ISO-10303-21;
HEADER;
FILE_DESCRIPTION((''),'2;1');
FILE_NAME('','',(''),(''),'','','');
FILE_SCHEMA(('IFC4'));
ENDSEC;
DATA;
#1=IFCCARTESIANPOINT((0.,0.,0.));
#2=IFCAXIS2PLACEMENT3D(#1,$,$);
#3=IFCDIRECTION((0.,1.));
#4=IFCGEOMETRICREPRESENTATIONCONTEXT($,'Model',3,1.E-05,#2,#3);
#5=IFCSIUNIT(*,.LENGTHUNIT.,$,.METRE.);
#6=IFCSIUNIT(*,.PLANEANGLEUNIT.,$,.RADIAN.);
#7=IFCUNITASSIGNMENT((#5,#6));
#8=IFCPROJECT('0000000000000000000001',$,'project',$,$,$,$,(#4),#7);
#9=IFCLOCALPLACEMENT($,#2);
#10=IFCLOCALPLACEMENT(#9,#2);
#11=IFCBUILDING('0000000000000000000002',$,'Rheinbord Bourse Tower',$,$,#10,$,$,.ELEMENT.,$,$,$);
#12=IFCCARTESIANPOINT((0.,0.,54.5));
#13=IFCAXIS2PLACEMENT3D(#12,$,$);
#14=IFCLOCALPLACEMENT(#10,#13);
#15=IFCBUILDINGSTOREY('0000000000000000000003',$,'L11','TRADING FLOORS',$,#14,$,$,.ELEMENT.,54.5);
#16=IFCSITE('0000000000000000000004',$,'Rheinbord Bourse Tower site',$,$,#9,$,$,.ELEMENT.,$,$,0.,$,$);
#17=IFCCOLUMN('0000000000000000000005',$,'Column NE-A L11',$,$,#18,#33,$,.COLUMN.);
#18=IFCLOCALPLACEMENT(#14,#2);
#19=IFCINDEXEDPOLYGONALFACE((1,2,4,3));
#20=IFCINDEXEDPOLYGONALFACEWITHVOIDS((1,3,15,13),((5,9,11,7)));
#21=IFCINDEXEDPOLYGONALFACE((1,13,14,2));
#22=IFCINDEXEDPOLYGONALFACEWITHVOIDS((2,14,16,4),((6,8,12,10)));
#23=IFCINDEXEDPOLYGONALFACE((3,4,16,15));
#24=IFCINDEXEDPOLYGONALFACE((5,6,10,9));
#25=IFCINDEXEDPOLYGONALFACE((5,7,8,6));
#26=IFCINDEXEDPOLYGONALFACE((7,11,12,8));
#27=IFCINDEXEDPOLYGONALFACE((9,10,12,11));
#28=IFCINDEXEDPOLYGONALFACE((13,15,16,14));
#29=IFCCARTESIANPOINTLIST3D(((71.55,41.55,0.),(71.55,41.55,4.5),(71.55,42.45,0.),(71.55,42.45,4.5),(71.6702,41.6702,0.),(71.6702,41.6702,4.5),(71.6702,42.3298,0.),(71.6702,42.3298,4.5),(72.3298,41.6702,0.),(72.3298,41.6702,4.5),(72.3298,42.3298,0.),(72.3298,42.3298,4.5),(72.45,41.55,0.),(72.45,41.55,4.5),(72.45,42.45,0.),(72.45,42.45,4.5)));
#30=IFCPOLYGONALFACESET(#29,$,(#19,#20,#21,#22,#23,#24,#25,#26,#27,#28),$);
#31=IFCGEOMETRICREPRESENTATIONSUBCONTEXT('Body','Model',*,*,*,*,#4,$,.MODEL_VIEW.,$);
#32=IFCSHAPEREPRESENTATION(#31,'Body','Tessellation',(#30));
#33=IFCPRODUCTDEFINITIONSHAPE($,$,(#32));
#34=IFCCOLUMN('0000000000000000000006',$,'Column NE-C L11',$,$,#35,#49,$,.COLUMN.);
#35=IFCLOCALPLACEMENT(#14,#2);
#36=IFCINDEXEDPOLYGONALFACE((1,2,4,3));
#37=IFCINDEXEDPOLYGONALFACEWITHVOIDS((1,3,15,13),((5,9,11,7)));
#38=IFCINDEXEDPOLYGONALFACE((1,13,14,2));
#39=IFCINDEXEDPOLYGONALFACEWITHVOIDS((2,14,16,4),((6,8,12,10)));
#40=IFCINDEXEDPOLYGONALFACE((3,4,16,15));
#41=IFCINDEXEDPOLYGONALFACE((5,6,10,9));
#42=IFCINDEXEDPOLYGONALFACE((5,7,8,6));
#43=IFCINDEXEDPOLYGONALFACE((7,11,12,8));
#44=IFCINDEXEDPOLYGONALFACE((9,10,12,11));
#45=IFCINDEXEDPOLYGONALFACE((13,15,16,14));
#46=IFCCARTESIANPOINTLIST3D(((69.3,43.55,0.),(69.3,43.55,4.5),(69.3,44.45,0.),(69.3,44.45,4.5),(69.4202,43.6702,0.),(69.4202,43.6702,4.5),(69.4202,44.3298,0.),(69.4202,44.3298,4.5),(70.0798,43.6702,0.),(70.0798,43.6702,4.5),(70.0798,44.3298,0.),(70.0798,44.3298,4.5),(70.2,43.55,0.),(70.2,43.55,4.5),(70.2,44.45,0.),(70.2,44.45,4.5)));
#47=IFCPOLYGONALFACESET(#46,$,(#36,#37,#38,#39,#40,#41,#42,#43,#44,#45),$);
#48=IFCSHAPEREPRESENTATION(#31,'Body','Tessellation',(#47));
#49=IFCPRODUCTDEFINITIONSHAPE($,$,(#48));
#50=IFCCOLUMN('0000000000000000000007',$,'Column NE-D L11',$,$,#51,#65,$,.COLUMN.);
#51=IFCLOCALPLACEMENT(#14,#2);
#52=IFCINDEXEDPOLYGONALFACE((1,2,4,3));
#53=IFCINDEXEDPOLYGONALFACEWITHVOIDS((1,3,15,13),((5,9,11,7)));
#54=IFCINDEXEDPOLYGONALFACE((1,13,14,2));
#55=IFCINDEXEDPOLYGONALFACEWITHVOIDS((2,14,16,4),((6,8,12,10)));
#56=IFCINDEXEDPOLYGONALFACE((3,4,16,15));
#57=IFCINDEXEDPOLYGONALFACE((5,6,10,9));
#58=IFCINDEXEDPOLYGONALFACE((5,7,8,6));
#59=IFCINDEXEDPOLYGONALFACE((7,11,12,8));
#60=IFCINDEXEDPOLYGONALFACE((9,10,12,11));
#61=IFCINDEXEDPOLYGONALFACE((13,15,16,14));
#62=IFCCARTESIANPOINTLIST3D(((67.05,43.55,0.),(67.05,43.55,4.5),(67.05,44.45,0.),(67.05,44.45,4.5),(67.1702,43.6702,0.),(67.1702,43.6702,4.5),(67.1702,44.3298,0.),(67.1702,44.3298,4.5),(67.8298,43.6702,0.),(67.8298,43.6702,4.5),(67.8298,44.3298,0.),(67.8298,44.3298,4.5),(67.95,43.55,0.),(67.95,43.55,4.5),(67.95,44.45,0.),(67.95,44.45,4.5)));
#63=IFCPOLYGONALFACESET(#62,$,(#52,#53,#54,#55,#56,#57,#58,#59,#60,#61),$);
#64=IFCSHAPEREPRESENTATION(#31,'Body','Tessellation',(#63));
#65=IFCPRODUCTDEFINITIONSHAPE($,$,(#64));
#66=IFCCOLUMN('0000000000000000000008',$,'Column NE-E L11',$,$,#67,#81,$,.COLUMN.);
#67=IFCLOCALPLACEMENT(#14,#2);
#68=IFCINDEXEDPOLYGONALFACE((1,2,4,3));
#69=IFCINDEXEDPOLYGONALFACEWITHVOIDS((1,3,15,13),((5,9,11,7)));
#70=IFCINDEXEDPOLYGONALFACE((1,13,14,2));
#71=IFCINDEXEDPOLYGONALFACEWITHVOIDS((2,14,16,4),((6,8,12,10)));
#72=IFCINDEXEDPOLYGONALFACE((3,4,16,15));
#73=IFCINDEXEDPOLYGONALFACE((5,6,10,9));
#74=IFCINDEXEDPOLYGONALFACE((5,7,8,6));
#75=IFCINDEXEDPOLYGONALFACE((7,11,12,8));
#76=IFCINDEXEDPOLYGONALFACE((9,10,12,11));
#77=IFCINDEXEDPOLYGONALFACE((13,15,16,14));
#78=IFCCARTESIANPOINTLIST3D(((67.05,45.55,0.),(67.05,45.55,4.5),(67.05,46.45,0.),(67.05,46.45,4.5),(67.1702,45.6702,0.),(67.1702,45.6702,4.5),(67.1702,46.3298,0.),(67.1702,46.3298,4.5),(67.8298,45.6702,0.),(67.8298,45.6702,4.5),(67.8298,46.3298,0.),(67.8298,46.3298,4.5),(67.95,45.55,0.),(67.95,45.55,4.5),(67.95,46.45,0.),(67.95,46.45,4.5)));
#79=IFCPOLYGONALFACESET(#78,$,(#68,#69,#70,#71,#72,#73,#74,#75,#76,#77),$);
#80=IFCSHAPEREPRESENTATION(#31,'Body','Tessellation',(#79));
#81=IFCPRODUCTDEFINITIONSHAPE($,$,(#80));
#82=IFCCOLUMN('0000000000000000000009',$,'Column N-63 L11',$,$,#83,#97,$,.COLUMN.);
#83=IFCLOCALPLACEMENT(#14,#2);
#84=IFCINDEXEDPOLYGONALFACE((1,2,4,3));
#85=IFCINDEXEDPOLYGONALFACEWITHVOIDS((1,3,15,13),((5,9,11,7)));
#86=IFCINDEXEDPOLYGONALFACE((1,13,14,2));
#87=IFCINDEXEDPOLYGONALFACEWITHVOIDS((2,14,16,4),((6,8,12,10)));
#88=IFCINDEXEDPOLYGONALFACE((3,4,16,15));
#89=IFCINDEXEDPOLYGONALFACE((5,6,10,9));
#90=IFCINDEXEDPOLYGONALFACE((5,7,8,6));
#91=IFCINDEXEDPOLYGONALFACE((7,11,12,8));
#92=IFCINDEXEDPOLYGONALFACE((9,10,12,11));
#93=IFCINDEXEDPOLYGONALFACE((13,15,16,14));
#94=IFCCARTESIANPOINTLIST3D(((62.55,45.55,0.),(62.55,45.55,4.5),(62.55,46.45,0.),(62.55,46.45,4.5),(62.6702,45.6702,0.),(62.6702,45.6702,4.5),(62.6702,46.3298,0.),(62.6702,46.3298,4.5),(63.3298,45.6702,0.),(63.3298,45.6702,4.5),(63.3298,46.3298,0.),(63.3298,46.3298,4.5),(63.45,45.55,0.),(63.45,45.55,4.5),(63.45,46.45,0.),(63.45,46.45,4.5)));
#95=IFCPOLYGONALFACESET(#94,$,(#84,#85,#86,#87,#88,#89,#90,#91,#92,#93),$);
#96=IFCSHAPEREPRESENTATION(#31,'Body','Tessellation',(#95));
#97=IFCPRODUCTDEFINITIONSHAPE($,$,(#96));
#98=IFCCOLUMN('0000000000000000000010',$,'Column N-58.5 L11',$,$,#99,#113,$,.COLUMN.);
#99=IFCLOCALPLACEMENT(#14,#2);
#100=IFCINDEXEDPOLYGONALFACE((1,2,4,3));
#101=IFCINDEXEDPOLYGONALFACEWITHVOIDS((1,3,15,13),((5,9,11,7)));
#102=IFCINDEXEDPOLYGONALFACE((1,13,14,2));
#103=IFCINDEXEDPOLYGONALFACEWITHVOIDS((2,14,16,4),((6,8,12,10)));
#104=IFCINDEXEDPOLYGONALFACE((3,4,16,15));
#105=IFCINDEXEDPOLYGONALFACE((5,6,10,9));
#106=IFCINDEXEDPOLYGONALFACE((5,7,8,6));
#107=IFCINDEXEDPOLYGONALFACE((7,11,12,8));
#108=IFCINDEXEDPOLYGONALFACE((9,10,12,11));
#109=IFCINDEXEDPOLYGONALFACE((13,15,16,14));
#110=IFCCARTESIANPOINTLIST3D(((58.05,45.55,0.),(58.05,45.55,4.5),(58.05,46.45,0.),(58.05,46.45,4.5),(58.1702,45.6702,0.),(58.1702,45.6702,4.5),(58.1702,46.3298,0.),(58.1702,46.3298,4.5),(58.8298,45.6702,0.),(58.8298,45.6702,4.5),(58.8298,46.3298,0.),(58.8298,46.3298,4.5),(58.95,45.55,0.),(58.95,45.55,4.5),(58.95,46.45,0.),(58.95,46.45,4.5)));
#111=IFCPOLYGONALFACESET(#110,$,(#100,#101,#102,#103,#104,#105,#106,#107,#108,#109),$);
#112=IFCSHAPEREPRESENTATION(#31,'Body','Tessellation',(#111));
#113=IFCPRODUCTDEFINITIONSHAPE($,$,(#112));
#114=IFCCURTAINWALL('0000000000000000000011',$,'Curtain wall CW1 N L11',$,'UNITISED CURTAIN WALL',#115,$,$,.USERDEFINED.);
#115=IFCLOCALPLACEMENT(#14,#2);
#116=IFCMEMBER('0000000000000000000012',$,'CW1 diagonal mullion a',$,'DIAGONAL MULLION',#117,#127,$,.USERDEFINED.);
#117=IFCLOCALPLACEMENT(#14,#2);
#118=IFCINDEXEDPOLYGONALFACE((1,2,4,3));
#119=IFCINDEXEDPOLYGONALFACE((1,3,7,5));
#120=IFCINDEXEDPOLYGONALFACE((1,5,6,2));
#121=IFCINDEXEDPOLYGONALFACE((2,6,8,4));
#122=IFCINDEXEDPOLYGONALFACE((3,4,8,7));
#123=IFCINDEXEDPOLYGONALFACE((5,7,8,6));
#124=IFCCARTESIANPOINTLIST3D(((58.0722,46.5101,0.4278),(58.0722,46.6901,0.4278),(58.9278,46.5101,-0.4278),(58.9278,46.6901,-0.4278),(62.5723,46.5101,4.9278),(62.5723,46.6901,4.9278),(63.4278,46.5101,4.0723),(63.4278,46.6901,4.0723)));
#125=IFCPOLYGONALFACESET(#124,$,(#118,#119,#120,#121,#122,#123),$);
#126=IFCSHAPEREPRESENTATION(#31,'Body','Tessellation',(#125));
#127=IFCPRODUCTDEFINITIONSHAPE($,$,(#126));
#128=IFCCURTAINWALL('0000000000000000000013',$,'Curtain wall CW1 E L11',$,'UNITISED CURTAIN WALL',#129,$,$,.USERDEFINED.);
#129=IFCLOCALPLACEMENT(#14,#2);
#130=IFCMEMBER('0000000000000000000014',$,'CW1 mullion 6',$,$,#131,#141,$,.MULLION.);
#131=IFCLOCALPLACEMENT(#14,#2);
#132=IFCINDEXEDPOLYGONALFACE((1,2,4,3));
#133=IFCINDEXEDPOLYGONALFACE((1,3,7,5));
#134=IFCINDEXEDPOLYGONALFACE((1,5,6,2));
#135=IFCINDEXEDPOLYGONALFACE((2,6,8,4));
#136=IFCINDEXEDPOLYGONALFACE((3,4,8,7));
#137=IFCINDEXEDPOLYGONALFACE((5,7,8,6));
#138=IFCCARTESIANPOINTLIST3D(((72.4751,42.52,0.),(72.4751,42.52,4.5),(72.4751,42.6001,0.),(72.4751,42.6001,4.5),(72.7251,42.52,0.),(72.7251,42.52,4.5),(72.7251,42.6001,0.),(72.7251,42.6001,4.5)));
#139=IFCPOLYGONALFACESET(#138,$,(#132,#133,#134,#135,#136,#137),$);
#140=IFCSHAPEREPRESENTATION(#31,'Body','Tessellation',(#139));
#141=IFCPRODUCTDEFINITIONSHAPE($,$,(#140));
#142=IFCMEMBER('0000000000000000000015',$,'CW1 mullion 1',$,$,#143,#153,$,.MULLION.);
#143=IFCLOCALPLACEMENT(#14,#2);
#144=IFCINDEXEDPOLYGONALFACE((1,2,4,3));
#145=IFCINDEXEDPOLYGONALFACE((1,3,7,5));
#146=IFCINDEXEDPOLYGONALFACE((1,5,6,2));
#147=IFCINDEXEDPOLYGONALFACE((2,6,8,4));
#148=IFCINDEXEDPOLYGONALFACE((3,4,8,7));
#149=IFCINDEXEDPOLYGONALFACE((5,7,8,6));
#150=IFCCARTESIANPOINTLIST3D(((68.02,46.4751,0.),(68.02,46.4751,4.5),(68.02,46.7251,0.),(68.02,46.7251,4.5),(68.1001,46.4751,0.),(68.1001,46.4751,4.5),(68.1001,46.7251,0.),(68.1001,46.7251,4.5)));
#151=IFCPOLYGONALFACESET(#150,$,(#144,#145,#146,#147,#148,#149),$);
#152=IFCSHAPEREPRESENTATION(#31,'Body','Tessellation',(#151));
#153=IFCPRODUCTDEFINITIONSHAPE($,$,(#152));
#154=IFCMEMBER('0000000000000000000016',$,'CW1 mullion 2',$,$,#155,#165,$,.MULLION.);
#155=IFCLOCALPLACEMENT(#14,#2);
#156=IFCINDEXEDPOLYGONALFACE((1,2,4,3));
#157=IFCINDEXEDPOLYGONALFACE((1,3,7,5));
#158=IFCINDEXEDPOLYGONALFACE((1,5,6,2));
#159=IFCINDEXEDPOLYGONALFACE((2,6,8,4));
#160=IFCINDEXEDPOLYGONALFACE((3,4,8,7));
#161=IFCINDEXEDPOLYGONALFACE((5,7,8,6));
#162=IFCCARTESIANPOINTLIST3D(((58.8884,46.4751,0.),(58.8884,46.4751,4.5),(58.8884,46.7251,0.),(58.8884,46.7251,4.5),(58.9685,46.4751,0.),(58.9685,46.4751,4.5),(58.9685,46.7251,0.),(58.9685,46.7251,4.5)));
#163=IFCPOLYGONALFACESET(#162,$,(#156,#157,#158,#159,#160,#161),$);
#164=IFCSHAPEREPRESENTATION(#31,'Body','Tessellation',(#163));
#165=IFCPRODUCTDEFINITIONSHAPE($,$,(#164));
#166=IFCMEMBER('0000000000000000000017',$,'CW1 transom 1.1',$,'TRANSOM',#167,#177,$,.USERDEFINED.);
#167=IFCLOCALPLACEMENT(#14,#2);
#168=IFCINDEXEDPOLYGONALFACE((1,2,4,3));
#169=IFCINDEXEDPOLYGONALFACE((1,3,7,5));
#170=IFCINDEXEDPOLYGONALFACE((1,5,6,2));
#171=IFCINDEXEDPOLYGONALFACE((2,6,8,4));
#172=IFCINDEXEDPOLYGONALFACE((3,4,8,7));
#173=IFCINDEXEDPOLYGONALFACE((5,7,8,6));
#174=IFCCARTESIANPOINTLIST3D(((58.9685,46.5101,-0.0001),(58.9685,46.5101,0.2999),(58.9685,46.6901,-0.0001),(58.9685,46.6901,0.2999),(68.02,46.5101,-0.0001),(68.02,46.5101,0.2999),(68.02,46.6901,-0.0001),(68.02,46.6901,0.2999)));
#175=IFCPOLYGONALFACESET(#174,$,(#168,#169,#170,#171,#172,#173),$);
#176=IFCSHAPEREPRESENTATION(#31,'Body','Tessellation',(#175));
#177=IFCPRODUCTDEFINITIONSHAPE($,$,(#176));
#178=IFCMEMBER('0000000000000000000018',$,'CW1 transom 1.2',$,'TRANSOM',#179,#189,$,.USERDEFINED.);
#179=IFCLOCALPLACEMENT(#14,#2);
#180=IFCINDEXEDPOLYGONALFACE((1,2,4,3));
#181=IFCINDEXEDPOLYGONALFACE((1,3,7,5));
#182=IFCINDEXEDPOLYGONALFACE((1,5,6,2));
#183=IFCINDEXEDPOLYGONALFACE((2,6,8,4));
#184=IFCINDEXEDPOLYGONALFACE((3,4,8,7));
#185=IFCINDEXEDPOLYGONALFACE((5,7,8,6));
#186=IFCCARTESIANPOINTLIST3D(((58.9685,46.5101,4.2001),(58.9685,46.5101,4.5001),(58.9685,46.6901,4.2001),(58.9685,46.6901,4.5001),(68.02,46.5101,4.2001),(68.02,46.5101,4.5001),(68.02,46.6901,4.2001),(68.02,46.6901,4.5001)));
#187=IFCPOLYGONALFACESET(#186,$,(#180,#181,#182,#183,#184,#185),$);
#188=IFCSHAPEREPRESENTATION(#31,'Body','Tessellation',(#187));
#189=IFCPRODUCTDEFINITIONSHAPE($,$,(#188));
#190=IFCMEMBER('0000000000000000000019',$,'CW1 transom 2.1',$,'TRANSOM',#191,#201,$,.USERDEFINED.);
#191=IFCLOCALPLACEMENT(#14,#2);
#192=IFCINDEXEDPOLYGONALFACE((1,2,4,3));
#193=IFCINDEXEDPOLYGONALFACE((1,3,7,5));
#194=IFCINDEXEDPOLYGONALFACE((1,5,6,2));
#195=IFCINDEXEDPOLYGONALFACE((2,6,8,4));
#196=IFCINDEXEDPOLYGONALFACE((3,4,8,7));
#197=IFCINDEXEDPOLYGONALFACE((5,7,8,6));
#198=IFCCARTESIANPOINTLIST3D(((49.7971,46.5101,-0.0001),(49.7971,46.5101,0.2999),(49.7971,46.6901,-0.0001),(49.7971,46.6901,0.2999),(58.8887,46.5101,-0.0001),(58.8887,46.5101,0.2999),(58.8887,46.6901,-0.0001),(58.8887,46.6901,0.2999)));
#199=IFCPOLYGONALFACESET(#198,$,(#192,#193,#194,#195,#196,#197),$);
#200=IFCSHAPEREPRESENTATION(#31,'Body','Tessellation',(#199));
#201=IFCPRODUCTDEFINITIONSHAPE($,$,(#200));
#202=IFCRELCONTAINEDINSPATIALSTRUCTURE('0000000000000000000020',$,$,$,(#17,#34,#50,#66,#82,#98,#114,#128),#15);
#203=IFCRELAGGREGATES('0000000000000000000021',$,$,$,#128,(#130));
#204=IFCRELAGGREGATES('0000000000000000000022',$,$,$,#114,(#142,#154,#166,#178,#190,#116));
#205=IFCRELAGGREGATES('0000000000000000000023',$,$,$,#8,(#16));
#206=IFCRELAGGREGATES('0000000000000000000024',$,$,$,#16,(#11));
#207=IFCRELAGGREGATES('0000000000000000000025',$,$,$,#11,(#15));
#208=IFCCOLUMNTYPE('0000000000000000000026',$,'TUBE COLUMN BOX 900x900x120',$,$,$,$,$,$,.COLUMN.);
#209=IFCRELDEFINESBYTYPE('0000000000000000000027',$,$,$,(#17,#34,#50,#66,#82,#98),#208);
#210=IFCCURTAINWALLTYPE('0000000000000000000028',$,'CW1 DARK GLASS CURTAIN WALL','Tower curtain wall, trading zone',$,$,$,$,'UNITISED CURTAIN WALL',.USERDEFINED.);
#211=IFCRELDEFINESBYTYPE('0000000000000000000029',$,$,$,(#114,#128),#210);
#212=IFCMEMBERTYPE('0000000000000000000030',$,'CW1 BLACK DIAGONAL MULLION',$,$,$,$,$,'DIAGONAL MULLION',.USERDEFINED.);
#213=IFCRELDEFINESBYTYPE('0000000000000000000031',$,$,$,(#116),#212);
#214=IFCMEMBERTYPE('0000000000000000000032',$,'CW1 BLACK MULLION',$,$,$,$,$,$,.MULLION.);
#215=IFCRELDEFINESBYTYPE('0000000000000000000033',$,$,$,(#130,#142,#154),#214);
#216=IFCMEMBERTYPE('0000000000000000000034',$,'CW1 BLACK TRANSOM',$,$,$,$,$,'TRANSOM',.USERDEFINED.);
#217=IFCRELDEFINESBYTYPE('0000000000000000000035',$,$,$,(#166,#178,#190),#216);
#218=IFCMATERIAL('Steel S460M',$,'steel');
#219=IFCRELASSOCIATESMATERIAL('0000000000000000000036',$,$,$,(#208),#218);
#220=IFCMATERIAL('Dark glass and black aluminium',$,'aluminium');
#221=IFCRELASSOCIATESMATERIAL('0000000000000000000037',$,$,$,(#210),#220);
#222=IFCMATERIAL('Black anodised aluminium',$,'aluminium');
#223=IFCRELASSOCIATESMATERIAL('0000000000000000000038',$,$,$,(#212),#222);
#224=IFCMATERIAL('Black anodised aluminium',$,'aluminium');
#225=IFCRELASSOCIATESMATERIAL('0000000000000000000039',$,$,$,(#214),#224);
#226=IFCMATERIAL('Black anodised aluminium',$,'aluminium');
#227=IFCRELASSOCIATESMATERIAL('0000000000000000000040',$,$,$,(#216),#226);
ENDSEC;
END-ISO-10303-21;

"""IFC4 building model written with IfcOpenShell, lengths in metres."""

from ifc_helpers import new_model, si_unit, direction, frame, origin, origin_2d, place, context, subcontext, project, spatial, rectangle, hollow_rectangle, extrude, material, material_profile, profile_set, type_object, element, aggregate, save


model = new_model("IFC4")

# Units and contexts
model_context = context("Model", 3, precision=1e-05, world=origin(), true_north=direction((0.0, 1.0)))
body_context = subcontext(model_context, "Body", "Model", "MODEL_VIEW")
ifc_project = project(units=[si_unit("LENGTHUNIT", "METRE"), si_unit("PLANEANGLEUNIT", "RADIAN")], contexts=[model_context])

# Site, building, storey
site_placement = place(None, origin())
site = spatial("IfcSite", under=ifc_project, at=site_placement, Name="Rheinbord Bourse Tower site", CompositionType="ELEMENT", RefElevation=0.0)
building_placement = place(site_placement, origin())
building = spatial("IfcBuilding", under=site, at=building_placement, Name="Rheinbord Bourse Tower", CompositionType="ELEMENT")
storey_placement = place(building_placement, frame((0.0, 0.0, 54.5)))
storey = spatial("IfcBuildingStorey", under=building, at=storey_placement, Name="L11", Description="TRADING FLOORS", CompositionType="ELEMENT", Elevation=54.5)

# Columns
ifc_material_1 = material(Name="Steel S460M", Category="steel")
ifc_material_profile_1 = material_profile(ifc_material_1, hollow_rectangle(XDim=0.8999, YDim=0.8999, WallThickness=0.1201, at=origin_2d()), Name="BOX 900x900x120")
ifc_profile_set_1 = profile_set([ifc_material_profile_1], Name="Steel S460M")
column_type = type_object("IfcColumnType", Name="TUBE COLUMN BOX 900x900x120", PredefinedType="COLUMN", material=ifc_profile_set_1)
for number, where, z_axis, x_axis, name in (
    (1, (72.0, 42.0, 0.0), (0.0, 0.0, 1.0), (1.0, 0.0, 0.0), "Column NE-A L11"),
    (2, (69.75, 44.0, 0.0), (0.0, 0.0, 1.0), (1.0, 0.0, 0.0), "Column NE-C L11"),
    (3, (67.5, 44.0, 0.0), (0.0, 0.0, 1.0), (0.0, 1.0, 0.0), "Column NE-D L11"),
    (4, (67.5, 46.0, 0.0), (0.0, 0.0, 1.0), (0.0, 1.0, 0.0), "Column NE-E L11"),
    (5, (63.0, 46.0, 0.0), (0.0, 0.0, 1.0), (0.0, 1.0, 0.0), "Column N-63 L11"),
    (6, (58.5, 46.0, 0.0), (0.0, 0.0, 1.0), (0.0, 1.0, 0.0), "Column N-58.5 L11"),
):
    element("IfcColumn", number, at=place(storey_placement, frame(where, z_axis=z_axis, x_axis=x_axis)), inside=storey, type_object=column_type, Name=name, PredefinedType="COLUMN", context=body_context, shape_type="SweptSolid", body=[
        extrude(hollow_rectangle(XDim=0.8999, YDim=0.8999, WallThickness=0.1201, at=origin_2d()), origin(), (0.0, 0.0, 1.0), 4.5),
    ])

# Curtain walls, members
ifc_material_2 = material(Name="Dark glass and black aluminium", Category="aluminium")
curtain_wall_type = type_object("IfcCurtainWallType", Name="CW1 DARK GLASS CURTAIN WALL", Description="Tower curtain wall, trading zone", ElementType="UNITISED CURTAIN WALL", PredefinedType="USERDEFINED", material=ifc_material_2)
curtain_wall_1_placement = place(storey_placement, origin())
curtain_wall_1 = element("IfcCurtainWall", 7, at=curtain_wall_1_placement, inside=storey, type_object=curtain_wall_type, Name="Curtain wall CW1 N L11", ObjectType="UNITISED CURTAIN WALL", PredefinedType="USERDEFINED")
ifc_material_3 = material(Name="Black anodised aluminium", Category="aluminium")
ifc_material_profile_2 = material_profile(ifc_material_3, rectangle(XDim=0.1799, YDim=1.21, at=origin_2d()), Name="CW1 DIAGONAL MULLION 1210x180")
ifc_profile_set_2 = profile_set([ifc_material_profile_2], Name="Black anodised aluminium")
member_type_1 = type_object("IfcMemberType", Name="CW1 BLACK DIAGONAL MULLION", ElementType="DIAGONAL MULLION", PredefinedType="USERDEFINED", material=ifc_profile_set_2)
member_1_placement = place(storey_placement, frame((58.5, 46.6001, 0.0), z_axis=(0.707107, 0.0, 0.707107), x_axis=(0.0, 1.0, 0.0)))
member_1 = element("IfcMember", 8, at=member_1_placement, type_object=member_type_1, Name="CW1 diagonal mullion a", ObjectType="DIAGONAL MULLION", PredefinedType="USERDEFINED", context=body_context, shape_type="SweptSolid", body=[
    extrude(rectangle(XDim=0.1799, YDim=1.21, at=origin_2d()), origin(), (0.0, 0.0, 1.0), 6.364),
])
curtain_wall_2_placement = place(storey_placement, origin())
curtain_wall_2 = element("IfcCurtainWall", 9, at=curtain_wall_2_placement, inside=storey, type_object=curtain_wall_type, Name="Curtain wall CW1 E L11", ObjectType="UNITISED CURTAIN WALL", PredefinedType="USERDEFINED")
ifc_material_4 = material(Name="Black anodised aluminium", Category="aluminium")
ifc_material_profile_3 = material_profile(ifc_material_4, rectangle(XDim=0.25, YDim=0.0801, at=origin_2d()), Name="CW1 MULLION 80x250")
ifc_profile_set_3 = profile_set([ifc_material_profile_3], Name="Black anodised aluminium")
member_type_2 = type_object("IfcMemberType", Name="CW1 BLACK MULLION", PredefinedType="MULLION", material=ifc_profile_set_3)
member_2_placement = place(storey_placement, frame((72.6001, 42.5601, 0.0), z_axis=(0.0, 0.0, 1.0), x_axis=(-1.0, 0.0, 0.0)))
member_2 = element("IfcMember", 10, at=member_2_placement, type_object=member_type_2, Name="CW1 mullion 6", PredefinedType="MULLION", context=body_context, shape_type="SweptSolid", body=[
    extrude(rectangle(XDim=0.25, YDim=0.0801, at=origin_2d()), origin(), (0.0, 0.0, 1.0), 4.5),
])

# Members
member_3_placement = place(storey_placement, frame((68.0601, 46.6001, 0.0), z_axis=(0.0, 0.0, 1.0), x_axis=(0.0, -1.0, 0.0)))
member_3 = element("IfcMember", 11, at=member_3_placement, type_object=member_type_2, Name="CW1 mullion 1", PredefinedType="MULLION", context=body_context, shape_type="SweptSolid", body=[
    extrude(rectangle(XDim=0.25, YDim=0.0801, at=origin_2d()), origin(), (0.0, 0.0, 1.0), 4.5),
])
member_4_placement = place(storey_placement, frame((58.9285, 46.6001, 0.0), z_axis=(0.0, 0.0, 1.0), x_axis=(0.0, -1.0, 0.0)))
member_4 = element("IfcMember", 12, at=member_4_placement, type_object=member_type_2, Name="CW1 mullion 2", PredefinedType="MULLION", context=body_context, shape_type="SweptSolid", body=[
    extrude(rectangle(XDim=0.25, YDim=0.0801, at=origin_2d()), origin(), (0.0, 0.0, 1.0), 4.5),
])
ifc_material_5 = material(Name="Black anodised aluminium", Category="aluminium")
ifc_material_profile_4 = material_profile(ifc_material_5, rectangle(XDim=0.1799, YDim=0.3, at=origin_2d()), Name="CW1 TRANSOM 300x180")
ifc_profile_set_4 = profile_set([ifc_material_profile_4], Name="Black anodised aluminium")
member_type_3 = type_object("IfcMemberType", Name="CW1 BLACK TRANSOM", ElementType="TRANSOM", PredefinedType="USERDEFINED", material=ifc_profile_set_4)
member_5_placement = place(storey_placement, frame((68.02, 46.6001, 0.1499), z_axis=(-1.0, 0.0, 0.0), x_axis=(0.0, -1.0, 0.0)))
member_5 = element("IfcMember", 13, at=member_5_placement, type_object=member_type_3, Name="CW1 transom 1.1", ObjectType="TRANSOM", PredefinedType="USERDEFINED", context=body_context, shape_type="SweptSolid", body=[
    extrude(rectangle(XDim=0.1799, YDim=0.3, at=origin_2d()), origin(), (0.0, 0.0, 1.0), 9.0515),
])
member_6_placement = place(storey_placement, frame((68.02, 46.6001, 4.3501), z_axis=(-1.0, 0.0, 0.0), x_axis=(0.0, -1.0, 0.0)))
member_6 = element("IfcMember", 14, at=member_6_placement, type_object=member_type_3, Name="CW1 transom 1.2", ObjectType="TRANSOM", PredefinedType="USERDEFINED", context=body_context, shape_type="SweptSolid", body=[
    extrude(rectangle(XDim=0.1799, YDim=0.3, at=origin_2d()), origin(), (0.0, 0.0, 1.0), 9.0515),
])
member_7_placement = place(storey_placement, frame((58.8887, 46.6001, 0.1499), z_axis=(-1.0, 0.0, 0.0), x_axis=(0.0, -1.0, 0.0)))
member_7 = element("IfcMember", 15, at=member_7_placement, type_object=member_type_3, Name="CW1 transom 2.1", ObjectType="TRANSOM", PredefinedType="USERDEFINED", context=body_context, shape_type="SweptSolid", body=[
    extrude(rectangle(XDim=0.1799, YDim=0.3, at=origin_2d()), origin(), (0.0, 0.0, 1.0), 9.0916),
])

aggregate(curtain_wall_2, [member_2])
aggregate(curtain_wall_1, [member_3, member_4, member_5, member_6, member_7, member_1])

save(model, "model.ifc")
